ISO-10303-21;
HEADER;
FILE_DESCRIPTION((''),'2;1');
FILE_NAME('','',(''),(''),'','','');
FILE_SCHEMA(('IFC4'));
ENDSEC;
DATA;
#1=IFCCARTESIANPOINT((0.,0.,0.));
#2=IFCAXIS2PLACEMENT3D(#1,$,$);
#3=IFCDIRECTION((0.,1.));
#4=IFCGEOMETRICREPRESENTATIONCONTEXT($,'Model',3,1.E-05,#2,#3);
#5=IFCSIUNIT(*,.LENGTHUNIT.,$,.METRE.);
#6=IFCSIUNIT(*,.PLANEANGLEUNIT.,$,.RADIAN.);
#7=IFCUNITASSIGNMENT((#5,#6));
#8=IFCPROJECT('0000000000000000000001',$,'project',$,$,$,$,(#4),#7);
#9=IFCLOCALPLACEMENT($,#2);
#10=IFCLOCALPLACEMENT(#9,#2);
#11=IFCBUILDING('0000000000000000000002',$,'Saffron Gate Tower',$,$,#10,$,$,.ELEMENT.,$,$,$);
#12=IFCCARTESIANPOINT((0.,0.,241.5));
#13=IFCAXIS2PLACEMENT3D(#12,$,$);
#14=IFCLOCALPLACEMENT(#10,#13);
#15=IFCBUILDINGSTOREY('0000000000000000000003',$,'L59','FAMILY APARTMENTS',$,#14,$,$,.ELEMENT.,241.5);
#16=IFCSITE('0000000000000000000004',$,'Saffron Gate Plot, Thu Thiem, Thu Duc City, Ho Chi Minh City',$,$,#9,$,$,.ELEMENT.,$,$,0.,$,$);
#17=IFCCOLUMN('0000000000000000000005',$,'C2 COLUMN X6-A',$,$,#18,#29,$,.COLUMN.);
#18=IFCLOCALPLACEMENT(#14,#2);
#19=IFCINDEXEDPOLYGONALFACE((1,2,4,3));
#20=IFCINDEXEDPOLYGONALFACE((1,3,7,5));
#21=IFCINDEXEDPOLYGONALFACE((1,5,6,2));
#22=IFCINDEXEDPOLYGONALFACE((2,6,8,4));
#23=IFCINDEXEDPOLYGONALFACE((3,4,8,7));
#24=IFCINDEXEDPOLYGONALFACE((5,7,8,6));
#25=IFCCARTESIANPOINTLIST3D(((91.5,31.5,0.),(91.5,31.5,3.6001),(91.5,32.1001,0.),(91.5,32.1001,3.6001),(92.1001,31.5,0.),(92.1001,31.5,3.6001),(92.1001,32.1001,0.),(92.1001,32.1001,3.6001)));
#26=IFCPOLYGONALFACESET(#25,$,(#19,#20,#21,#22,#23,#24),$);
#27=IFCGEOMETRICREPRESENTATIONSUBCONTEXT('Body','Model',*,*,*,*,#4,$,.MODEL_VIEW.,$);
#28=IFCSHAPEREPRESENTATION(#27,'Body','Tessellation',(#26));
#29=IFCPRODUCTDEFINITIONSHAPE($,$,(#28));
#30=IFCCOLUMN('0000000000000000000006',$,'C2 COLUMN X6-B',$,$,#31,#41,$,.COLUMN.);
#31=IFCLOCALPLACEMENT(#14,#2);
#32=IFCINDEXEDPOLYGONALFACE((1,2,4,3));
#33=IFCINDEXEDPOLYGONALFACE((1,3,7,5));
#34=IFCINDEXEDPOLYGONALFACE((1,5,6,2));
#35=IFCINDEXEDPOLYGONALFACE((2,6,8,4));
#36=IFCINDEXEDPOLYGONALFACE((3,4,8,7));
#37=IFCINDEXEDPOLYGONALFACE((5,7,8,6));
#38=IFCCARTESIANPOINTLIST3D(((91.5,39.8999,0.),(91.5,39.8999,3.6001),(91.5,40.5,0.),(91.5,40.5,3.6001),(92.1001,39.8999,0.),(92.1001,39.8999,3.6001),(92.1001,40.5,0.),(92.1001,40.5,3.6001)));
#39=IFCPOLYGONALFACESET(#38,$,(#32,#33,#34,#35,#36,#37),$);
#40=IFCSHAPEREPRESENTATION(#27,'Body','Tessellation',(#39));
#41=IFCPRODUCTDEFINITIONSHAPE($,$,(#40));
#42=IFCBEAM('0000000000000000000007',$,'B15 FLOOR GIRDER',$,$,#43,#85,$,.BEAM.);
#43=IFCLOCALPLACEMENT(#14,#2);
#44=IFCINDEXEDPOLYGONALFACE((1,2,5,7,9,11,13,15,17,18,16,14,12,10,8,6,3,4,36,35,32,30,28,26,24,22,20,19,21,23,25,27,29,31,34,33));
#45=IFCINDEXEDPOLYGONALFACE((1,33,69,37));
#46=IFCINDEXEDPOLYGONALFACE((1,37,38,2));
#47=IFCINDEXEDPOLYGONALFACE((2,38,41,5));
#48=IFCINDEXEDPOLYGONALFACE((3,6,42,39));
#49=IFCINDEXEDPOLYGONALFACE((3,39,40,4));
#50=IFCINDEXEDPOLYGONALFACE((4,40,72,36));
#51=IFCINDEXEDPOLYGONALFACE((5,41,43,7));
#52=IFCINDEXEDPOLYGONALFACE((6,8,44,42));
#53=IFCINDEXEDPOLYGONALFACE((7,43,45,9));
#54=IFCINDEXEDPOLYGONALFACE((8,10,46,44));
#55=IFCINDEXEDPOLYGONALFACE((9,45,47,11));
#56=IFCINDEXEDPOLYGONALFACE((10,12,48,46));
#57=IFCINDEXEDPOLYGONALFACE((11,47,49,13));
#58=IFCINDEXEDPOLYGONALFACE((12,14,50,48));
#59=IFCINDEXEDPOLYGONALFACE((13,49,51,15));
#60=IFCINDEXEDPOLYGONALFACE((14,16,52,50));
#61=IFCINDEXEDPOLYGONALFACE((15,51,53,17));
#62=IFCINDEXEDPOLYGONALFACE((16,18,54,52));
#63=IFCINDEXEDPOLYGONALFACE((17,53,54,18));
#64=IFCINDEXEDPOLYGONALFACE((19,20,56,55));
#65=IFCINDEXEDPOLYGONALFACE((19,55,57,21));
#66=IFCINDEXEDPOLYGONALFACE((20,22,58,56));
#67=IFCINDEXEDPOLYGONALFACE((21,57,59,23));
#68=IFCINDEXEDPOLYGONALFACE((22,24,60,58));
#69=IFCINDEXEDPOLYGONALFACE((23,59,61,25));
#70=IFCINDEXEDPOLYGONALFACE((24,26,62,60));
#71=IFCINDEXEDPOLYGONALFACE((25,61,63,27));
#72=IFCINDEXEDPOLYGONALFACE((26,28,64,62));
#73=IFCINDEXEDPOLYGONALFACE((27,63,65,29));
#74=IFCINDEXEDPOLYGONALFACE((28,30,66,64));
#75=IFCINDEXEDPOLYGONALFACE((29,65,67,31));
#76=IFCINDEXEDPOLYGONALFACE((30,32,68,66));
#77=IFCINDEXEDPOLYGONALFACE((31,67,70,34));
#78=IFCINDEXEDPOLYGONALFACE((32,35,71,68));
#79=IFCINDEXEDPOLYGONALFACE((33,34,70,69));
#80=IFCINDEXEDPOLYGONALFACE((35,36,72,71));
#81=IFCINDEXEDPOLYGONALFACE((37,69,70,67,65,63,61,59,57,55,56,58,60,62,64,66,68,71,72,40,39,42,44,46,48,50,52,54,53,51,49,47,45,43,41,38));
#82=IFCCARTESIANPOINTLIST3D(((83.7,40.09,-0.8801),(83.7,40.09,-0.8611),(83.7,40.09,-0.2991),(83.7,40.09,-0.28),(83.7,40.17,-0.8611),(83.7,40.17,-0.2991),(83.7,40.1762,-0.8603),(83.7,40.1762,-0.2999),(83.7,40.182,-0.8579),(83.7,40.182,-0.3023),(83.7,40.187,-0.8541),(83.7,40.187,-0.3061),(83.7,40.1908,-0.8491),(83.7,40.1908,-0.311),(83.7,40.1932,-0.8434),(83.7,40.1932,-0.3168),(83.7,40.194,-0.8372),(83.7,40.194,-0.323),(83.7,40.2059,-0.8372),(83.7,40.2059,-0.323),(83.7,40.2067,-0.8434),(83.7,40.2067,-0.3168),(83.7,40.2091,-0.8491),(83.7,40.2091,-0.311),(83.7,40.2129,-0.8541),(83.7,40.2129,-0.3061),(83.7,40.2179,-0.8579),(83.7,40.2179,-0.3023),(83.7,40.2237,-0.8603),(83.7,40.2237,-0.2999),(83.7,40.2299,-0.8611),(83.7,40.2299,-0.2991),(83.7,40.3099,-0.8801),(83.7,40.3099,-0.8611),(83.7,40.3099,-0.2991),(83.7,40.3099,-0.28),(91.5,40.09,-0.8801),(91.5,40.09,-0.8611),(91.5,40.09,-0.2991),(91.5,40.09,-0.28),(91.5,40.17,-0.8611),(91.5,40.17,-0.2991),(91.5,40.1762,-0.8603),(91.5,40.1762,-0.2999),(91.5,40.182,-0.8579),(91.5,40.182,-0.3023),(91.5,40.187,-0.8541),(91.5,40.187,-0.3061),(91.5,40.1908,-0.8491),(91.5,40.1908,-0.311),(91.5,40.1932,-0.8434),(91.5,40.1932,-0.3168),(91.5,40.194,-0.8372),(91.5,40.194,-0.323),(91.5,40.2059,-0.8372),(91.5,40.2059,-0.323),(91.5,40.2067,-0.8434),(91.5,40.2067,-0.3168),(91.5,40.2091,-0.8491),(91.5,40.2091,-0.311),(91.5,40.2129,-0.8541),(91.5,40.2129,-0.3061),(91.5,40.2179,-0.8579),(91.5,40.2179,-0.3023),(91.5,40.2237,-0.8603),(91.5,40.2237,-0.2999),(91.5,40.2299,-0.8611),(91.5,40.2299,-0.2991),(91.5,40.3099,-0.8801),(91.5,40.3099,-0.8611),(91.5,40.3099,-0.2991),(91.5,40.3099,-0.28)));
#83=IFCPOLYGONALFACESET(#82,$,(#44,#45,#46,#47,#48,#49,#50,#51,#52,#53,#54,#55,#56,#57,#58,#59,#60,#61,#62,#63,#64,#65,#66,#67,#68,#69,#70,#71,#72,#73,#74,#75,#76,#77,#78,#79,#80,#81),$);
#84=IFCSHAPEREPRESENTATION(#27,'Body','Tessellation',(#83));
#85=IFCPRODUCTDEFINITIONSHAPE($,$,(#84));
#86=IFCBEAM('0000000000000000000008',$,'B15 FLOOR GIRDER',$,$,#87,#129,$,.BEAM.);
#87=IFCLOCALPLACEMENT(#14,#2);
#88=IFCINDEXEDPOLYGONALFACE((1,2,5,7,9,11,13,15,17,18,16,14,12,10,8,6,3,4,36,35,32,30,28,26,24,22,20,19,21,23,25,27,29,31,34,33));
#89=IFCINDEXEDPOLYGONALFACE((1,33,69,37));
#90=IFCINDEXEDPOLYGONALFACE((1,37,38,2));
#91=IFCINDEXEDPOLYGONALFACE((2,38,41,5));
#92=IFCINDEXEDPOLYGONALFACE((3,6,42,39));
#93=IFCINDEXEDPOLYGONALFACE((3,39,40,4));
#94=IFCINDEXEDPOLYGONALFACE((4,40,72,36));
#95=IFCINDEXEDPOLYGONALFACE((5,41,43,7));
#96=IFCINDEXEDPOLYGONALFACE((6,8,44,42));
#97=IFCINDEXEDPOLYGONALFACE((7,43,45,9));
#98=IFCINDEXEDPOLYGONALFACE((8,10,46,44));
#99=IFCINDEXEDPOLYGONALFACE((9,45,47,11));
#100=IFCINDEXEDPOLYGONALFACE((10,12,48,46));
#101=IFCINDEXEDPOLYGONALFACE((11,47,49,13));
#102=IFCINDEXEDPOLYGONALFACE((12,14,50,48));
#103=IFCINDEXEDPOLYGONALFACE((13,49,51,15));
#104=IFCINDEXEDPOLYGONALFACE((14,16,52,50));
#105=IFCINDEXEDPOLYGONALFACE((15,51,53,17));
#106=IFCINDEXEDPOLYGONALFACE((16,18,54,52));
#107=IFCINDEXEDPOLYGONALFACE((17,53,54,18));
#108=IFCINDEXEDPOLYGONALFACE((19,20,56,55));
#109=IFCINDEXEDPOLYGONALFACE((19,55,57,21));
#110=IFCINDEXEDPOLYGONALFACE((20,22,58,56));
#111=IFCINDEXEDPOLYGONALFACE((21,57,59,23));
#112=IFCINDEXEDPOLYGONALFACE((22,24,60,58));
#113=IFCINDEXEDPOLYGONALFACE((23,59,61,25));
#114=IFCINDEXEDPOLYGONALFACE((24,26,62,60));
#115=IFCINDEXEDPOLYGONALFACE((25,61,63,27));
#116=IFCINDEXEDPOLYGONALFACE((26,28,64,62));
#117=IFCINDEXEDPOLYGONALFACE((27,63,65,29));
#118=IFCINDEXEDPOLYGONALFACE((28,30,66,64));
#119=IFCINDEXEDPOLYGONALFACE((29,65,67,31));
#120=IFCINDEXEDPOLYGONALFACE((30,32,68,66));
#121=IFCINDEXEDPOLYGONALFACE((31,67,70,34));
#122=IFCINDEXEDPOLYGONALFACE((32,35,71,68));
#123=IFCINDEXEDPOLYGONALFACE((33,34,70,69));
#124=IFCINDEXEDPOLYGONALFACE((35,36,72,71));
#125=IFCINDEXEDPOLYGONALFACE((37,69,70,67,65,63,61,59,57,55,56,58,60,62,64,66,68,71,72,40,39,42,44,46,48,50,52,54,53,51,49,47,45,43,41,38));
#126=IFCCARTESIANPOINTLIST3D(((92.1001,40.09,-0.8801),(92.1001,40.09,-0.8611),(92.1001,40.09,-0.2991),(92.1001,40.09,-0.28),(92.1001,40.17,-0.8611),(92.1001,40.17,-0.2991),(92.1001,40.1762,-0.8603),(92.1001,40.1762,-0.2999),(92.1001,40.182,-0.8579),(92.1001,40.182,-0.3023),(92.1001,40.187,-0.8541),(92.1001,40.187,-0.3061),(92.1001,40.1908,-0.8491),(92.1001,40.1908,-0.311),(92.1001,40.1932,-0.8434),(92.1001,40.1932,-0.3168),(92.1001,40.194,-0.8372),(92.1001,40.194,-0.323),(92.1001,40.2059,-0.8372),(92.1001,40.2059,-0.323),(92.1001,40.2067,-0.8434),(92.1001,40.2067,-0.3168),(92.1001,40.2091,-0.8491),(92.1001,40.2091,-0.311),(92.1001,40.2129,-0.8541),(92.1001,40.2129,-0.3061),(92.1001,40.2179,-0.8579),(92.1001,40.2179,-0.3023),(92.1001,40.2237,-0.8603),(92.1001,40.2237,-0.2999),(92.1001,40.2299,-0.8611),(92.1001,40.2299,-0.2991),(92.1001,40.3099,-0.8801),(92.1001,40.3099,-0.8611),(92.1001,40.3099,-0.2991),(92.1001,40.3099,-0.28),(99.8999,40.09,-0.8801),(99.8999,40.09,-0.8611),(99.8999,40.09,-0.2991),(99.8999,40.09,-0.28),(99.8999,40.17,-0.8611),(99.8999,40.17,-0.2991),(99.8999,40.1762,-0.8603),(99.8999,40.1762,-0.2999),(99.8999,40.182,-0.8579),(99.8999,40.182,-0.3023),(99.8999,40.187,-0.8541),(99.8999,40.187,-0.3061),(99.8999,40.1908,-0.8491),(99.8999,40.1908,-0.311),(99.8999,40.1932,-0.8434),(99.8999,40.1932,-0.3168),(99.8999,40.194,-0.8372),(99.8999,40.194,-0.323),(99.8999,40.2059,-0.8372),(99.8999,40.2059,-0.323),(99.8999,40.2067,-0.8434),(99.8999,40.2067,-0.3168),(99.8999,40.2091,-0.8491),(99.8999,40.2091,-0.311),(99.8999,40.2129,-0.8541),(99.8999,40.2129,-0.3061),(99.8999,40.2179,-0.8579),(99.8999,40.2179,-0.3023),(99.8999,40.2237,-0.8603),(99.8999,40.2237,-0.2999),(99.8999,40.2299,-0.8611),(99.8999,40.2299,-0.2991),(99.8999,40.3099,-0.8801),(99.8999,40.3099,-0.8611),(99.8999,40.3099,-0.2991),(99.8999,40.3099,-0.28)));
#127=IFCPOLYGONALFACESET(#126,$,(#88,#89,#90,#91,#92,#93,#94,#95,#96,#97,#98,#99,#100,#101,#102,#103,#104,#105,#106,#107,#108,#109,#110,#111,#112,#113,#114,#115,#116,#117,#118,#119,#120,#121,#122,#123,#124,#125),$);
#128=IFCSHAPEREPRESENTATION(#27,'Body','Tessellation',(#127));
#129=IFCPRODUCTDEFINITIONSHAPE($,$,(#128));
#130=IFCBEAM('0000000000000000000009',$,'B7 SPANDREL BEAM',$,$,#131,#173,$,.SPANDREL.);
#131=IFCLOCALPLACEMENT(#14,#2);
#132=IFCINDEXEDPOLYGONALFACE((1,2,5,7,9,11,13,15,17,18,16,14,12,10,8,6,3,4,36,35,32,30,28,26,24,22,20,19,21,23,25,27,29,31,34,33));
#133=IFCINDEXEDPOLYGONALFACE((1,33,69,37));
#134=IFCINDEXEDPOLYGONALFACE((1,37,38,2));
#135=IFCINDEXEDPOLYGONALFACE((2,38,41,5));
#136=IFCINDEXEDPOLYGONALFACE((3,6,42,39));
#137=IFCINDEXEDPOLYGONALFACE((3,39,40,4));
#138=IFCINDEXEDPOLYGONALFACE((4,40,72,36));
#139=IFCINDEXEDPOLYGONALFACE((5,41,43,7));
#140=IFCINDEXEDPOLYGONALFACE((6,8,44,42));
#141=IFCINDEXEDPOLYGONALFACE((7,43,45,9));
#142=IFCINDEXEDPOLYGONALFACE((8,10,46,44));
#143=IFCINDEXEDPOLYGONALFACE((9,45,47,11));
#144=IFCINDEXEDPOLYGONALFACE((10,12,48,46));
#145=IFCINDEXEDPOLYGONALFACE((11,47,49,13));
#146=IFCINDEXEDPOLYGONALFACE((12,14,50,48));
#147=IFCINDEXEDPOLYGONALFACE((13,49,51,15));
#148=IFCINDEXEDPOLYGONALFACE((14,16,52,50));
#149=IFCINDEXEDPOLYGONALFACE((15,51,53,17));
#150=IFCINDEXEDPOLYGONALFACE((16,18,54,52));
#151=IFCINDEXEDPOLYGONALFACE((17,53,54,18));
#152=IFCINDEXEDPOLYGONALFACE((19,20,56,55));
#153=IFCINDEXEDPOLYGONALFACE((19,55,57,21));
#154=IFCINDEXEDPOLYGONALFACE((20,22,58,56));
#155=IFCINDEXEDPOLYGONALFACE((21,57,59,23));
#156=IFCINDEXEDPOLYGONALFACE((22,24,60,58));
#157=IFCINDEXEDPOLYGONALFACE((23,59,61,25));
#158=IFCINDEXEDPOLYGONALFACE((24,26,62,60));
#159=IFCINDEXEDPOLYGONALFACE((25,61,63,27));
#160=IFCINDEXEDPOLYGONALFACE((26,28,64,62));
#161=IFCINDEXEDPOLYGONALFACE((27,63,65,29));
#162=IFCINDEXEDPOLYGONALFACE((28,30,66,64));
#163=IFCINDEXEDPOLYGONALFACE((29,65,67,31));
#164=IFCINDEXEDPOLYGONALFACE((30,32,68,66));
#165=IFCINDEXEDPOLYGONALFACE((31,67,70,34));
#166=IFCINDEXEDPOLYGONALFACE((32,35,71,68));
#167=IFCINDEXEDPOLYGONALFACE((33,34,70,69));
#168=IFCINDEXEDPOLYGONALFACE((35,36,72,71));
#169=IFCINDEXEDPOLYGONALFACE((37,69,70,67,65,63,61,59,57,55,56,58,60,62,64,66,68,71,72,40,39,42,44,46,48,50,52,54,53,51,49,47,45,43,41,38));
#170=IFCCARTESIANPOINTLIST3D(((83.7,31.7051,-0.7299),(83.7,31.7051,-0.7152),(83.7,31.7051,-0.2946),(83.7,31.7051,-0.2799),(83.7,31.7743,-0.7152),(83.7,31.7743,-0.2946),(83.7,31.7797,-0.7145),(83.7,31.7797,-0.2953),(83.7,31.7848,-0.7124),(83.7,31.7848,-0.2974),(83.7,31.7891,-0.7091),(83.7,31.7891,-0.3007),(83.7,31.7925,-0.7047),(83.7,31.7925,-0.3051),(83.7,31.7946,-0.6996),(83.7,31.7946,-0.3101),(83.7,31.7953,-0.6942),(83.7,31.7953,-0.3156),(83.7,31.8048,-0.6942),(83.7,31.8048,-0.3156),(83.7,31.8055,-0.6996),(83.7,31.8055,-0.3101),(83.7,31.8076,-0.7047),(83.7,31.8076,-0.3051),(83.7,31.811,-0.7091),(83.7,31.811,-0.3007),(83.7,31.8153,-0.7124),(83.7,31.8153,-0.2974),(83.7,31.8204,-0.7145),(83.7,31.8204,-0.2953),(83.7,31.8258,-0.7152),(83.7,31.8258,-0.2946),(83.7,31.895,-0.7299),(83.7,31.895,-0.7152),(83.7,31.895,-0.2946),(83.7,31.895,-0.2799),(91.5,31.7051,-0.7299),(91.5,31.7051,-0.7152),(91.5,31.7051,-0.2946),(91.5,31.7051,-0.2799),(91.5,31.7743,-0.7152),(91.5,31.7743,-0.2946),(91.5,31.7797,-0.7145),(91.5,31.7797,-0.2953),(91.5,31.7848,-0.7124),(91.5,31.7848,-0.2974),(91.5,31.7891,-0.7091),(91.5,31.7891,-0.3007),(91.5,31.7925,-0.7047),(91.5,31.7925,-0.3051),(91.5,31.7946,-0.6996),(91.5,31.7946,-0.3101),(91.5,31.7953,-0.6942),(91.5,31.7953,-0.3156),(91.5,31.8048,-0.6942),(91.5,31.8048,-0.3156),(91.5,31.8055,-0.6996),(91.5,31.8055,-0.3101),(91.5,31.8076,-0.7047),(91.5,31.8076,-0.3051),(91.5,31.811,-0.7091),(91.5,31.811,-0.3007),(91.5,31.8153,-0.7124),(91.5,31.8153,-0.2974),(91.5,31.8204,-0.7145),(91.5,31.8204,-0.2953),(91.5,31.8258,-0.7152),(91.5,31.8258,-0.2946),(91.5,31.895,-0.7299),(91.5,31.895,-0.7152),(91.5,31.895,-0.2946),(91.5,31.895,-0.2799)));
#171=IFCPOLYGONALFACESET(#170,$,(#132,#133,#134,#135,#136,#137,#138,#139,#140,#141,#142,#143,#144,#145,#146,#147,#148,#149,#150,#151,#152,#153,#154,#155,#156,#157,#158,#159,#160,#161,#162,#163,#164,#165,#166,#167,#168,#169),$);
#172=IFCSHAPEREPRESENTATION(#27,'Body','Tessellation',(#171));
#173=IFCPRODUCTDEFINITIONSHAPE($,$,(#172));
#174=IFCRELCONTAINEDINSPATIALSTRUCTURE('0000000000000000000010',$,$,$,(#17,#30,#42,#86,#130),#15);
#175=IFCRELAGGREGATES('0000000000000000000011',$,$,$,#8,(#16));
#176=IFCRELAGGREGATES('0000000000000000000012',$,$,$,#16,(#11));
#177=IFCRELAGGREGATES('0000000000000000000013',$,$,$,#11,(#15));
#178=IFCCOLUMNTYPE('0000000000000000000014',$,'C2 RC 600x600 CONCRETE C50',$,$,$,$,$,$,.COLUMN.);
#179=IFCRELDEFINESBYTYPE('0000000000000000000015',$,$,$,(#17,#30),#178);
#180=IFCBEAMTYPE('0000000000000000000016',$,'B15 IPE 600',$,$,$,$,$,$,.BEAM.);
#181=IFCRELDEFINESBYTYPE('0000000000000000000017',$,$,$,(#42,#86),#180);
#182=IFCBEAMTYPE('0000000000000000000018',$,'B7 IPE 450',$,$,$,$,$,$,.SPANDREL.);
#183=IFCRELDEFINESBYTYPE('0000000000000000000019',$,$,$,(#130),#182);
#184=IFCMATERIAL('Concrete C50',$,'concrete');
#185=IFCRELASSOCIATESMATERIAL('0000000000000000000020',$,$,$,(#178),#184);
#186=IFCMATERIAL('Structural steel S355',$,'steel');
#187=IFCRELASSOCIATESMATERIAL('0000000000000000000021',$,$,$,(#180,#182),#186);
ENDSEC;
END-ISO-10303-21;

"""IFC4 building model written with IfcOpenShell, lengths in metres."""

from ifc_helpers import new_model, si_unit, direction, frame, origin, origin_2d, place, context, subcontext, project, spatial, rectangle, i_section, extrude, material, material_profile, profile_set, type_object, element, save


model = new_model("IFC4")

# Units and contexts
model_context = context("Model", 3, precision=1e-05, world=origin(), true_north=direction((0.0, 1.0)))
body_context = subcontext(model_context, "Body", "Model", "MODEL_VIEW")
ifc_project = project(units=[si_unit("LENGTHUNIT", "METRE"), si_unit("PLANEANGLEUNIT", "RADIAN")], contexts=[model_context])

# Site, building, storey
site_placement = place(None, origin())
site = spatial("IfcSite", under=ifc_project, at=site_placement, Name="Saffron Gate Plot, Thu Thiem, Thu Duc City, Ho Chi Minh City", CompositionType="ELEMENT", RefElevation=0.0)
building_placement = place(site_placement, origin())
building = spatial("IfcBuilding", under=site, at=building_placement, Name="Saffron Gate Tower", CompositionType="ELEMENT")
storey_placement = place(building_placement, frame((0.0, 0.0, 241.5)))
storey = spatial("IfcBuildingStorey", under=building, at=storey_placement, Name="L59", Description="FAMILY APARTMENTS", CompositionType="ELEMENT", Elevation=241.5)

# Columns
ifc_material_1 = material(Name="Concrete C50", Category="concrete")
ifc_material_profile_1 = material_profile(ifc_material_1, rectangle(XDim=0.6001, YDim=0.6001, at=origin_2d()))
ifc_profile_set_1 = profile_set([ifc_material_profile_1], Name="Concrete C50")
column_type = type_object("IfcColumnType", Name="C2 RC 600x600 CONCRETE C50", PredefinedType="COLUMN", material=ifc_profile_set_1)
for number, where, z_axis, x_axis, name in (
    (1, (91.8, 31.8, 0.0), (0.0, 0.0, 1.0), (1.0, 0.0, 0.0), "C2 COLUMN X6-A"),
    (2, (91.8, 40.2, 0.0), (0.0, 0.0, 1.0), (1.0, 0.0, 0.0), "C2 COLUMN X6-B"),
):
    element("IfcColumn", number, at=place(storey_placement, frame(where, z_axis=z_axis, x_axis=x_axis)), inside=storey, type_object=column_type, Name=name, PredefinedType="COLUMN", context=body_context, shape_type="SweptSolid", body=[
        extrude(rectangle(XDim=0.6001, YDim=0.6001, at=origin_2d()), origin(), (0.0, 0.0, 1.0), 3.6001),
    ])

# Beams
ifc_material_2 = material(Name="Structural steel S355", Category="steel")
ifc_material_profile_2 = material_profile(ifc_material_2, i_section(OverallWidth=0.22, OverallDepth=0.6001, WebThickness=0.012, FlangeThickness=0.019, FilletRadius=0.0239, at=origin_2d()))
ifc_profile_set_2 = profile_set([ifc_material_profile_2], Name="Structural steel S355")
beam_type_1 = type_object("IfcBeamType", Name="B15 IPE 600", PredefinedType="BEAM", material=ifc_profile_set_2)
beam_1_placement = place(storey_placement, frame((83.7, 40.2, -0.5801), z_axis=(1.0, 0.0, 0.0), x_axis=(0.0, 1.0, 0.0)))
element("IfcBeam", 3, at=beam_1_placement, inside=storey, type_object=beam_type_1, Name="B15 FLOOR GIRDER", PredefinedType="BEAM", context=body_context, shape_type="SweptSolid", body=[
    extrude(i_section(OverallWidth=0.22, OverallDepth=0.6001, WebThickness=0.012, FlangeThickness=0.019, FilletRadius=0.0239, at=origin_2d()), origin(), (0.0, 0.0, 1.0), 7.8),
])
beam_2_placement = place(storey_placement, frame((92.1001, 40.2, -0.5801), z_axis=(1.0, 0.0, 0.0), x_axis=(0.0, 1.0, 0.0)))
element("IfcBeam", 4, at=beam_2_placement, inside=storey, type_object=beam_type_1, Name="B15 FLOOR GIRDER", PredefinedType="BEAM", context=body_context, shape_type="SweptSolid", body=[
    extrude(i_section(OverallWidth=0.22, OverallDepth=0.6001, WebThickness=0.012, FlangeThickness=0.019, FilletRadius=0.0239, at=origin_2d()), origin(), (0.0, 0.0, 1.0), 7.7998),
])
ifc_material_profile_3 = material_profile(ifc_material_2, i_section(OverallWidth=0.1899, OverallDepth=0.45, WebThickness=0.0095, FlangeThickness=0.0146, FilletRadius=0.021, at=origin_2d()))
ifc_profile_set_3 = profile_set([ifc_material_profile_3], Name="Structural steel S355")
beam_type_2 = type_object("IfcBeamType", Name="B7 IPE 450", PredefinedType="SPANDREL", material=ifc_profile_set_3)
beam_3_placement = place(storey_placement, frame((83.7, 31.8, -0.5049), z_axis=(1.0, 0.0, 0.0), x_axis=(0.0, 1.0, 0.0)))
element("IfcBeam", 5, at=beam_3_placement, inside=storey, type_object=beam_type_2, Name="B7 SPANDREL BEAM", PredefinedType="SPANDREL", context=body_context, shape_type="SweptSolid", body=[
    extrude(i_section(OverallWidth=0.1899, OverallDepth=0.45, WebThickness=0.0095, FlangeThickness=0.0146, FilletRadius=0.021, at=origin_2d()), origin(), (0.0, 0.0, 1.0), 7.8),
])

save(model, "model.ifc")
